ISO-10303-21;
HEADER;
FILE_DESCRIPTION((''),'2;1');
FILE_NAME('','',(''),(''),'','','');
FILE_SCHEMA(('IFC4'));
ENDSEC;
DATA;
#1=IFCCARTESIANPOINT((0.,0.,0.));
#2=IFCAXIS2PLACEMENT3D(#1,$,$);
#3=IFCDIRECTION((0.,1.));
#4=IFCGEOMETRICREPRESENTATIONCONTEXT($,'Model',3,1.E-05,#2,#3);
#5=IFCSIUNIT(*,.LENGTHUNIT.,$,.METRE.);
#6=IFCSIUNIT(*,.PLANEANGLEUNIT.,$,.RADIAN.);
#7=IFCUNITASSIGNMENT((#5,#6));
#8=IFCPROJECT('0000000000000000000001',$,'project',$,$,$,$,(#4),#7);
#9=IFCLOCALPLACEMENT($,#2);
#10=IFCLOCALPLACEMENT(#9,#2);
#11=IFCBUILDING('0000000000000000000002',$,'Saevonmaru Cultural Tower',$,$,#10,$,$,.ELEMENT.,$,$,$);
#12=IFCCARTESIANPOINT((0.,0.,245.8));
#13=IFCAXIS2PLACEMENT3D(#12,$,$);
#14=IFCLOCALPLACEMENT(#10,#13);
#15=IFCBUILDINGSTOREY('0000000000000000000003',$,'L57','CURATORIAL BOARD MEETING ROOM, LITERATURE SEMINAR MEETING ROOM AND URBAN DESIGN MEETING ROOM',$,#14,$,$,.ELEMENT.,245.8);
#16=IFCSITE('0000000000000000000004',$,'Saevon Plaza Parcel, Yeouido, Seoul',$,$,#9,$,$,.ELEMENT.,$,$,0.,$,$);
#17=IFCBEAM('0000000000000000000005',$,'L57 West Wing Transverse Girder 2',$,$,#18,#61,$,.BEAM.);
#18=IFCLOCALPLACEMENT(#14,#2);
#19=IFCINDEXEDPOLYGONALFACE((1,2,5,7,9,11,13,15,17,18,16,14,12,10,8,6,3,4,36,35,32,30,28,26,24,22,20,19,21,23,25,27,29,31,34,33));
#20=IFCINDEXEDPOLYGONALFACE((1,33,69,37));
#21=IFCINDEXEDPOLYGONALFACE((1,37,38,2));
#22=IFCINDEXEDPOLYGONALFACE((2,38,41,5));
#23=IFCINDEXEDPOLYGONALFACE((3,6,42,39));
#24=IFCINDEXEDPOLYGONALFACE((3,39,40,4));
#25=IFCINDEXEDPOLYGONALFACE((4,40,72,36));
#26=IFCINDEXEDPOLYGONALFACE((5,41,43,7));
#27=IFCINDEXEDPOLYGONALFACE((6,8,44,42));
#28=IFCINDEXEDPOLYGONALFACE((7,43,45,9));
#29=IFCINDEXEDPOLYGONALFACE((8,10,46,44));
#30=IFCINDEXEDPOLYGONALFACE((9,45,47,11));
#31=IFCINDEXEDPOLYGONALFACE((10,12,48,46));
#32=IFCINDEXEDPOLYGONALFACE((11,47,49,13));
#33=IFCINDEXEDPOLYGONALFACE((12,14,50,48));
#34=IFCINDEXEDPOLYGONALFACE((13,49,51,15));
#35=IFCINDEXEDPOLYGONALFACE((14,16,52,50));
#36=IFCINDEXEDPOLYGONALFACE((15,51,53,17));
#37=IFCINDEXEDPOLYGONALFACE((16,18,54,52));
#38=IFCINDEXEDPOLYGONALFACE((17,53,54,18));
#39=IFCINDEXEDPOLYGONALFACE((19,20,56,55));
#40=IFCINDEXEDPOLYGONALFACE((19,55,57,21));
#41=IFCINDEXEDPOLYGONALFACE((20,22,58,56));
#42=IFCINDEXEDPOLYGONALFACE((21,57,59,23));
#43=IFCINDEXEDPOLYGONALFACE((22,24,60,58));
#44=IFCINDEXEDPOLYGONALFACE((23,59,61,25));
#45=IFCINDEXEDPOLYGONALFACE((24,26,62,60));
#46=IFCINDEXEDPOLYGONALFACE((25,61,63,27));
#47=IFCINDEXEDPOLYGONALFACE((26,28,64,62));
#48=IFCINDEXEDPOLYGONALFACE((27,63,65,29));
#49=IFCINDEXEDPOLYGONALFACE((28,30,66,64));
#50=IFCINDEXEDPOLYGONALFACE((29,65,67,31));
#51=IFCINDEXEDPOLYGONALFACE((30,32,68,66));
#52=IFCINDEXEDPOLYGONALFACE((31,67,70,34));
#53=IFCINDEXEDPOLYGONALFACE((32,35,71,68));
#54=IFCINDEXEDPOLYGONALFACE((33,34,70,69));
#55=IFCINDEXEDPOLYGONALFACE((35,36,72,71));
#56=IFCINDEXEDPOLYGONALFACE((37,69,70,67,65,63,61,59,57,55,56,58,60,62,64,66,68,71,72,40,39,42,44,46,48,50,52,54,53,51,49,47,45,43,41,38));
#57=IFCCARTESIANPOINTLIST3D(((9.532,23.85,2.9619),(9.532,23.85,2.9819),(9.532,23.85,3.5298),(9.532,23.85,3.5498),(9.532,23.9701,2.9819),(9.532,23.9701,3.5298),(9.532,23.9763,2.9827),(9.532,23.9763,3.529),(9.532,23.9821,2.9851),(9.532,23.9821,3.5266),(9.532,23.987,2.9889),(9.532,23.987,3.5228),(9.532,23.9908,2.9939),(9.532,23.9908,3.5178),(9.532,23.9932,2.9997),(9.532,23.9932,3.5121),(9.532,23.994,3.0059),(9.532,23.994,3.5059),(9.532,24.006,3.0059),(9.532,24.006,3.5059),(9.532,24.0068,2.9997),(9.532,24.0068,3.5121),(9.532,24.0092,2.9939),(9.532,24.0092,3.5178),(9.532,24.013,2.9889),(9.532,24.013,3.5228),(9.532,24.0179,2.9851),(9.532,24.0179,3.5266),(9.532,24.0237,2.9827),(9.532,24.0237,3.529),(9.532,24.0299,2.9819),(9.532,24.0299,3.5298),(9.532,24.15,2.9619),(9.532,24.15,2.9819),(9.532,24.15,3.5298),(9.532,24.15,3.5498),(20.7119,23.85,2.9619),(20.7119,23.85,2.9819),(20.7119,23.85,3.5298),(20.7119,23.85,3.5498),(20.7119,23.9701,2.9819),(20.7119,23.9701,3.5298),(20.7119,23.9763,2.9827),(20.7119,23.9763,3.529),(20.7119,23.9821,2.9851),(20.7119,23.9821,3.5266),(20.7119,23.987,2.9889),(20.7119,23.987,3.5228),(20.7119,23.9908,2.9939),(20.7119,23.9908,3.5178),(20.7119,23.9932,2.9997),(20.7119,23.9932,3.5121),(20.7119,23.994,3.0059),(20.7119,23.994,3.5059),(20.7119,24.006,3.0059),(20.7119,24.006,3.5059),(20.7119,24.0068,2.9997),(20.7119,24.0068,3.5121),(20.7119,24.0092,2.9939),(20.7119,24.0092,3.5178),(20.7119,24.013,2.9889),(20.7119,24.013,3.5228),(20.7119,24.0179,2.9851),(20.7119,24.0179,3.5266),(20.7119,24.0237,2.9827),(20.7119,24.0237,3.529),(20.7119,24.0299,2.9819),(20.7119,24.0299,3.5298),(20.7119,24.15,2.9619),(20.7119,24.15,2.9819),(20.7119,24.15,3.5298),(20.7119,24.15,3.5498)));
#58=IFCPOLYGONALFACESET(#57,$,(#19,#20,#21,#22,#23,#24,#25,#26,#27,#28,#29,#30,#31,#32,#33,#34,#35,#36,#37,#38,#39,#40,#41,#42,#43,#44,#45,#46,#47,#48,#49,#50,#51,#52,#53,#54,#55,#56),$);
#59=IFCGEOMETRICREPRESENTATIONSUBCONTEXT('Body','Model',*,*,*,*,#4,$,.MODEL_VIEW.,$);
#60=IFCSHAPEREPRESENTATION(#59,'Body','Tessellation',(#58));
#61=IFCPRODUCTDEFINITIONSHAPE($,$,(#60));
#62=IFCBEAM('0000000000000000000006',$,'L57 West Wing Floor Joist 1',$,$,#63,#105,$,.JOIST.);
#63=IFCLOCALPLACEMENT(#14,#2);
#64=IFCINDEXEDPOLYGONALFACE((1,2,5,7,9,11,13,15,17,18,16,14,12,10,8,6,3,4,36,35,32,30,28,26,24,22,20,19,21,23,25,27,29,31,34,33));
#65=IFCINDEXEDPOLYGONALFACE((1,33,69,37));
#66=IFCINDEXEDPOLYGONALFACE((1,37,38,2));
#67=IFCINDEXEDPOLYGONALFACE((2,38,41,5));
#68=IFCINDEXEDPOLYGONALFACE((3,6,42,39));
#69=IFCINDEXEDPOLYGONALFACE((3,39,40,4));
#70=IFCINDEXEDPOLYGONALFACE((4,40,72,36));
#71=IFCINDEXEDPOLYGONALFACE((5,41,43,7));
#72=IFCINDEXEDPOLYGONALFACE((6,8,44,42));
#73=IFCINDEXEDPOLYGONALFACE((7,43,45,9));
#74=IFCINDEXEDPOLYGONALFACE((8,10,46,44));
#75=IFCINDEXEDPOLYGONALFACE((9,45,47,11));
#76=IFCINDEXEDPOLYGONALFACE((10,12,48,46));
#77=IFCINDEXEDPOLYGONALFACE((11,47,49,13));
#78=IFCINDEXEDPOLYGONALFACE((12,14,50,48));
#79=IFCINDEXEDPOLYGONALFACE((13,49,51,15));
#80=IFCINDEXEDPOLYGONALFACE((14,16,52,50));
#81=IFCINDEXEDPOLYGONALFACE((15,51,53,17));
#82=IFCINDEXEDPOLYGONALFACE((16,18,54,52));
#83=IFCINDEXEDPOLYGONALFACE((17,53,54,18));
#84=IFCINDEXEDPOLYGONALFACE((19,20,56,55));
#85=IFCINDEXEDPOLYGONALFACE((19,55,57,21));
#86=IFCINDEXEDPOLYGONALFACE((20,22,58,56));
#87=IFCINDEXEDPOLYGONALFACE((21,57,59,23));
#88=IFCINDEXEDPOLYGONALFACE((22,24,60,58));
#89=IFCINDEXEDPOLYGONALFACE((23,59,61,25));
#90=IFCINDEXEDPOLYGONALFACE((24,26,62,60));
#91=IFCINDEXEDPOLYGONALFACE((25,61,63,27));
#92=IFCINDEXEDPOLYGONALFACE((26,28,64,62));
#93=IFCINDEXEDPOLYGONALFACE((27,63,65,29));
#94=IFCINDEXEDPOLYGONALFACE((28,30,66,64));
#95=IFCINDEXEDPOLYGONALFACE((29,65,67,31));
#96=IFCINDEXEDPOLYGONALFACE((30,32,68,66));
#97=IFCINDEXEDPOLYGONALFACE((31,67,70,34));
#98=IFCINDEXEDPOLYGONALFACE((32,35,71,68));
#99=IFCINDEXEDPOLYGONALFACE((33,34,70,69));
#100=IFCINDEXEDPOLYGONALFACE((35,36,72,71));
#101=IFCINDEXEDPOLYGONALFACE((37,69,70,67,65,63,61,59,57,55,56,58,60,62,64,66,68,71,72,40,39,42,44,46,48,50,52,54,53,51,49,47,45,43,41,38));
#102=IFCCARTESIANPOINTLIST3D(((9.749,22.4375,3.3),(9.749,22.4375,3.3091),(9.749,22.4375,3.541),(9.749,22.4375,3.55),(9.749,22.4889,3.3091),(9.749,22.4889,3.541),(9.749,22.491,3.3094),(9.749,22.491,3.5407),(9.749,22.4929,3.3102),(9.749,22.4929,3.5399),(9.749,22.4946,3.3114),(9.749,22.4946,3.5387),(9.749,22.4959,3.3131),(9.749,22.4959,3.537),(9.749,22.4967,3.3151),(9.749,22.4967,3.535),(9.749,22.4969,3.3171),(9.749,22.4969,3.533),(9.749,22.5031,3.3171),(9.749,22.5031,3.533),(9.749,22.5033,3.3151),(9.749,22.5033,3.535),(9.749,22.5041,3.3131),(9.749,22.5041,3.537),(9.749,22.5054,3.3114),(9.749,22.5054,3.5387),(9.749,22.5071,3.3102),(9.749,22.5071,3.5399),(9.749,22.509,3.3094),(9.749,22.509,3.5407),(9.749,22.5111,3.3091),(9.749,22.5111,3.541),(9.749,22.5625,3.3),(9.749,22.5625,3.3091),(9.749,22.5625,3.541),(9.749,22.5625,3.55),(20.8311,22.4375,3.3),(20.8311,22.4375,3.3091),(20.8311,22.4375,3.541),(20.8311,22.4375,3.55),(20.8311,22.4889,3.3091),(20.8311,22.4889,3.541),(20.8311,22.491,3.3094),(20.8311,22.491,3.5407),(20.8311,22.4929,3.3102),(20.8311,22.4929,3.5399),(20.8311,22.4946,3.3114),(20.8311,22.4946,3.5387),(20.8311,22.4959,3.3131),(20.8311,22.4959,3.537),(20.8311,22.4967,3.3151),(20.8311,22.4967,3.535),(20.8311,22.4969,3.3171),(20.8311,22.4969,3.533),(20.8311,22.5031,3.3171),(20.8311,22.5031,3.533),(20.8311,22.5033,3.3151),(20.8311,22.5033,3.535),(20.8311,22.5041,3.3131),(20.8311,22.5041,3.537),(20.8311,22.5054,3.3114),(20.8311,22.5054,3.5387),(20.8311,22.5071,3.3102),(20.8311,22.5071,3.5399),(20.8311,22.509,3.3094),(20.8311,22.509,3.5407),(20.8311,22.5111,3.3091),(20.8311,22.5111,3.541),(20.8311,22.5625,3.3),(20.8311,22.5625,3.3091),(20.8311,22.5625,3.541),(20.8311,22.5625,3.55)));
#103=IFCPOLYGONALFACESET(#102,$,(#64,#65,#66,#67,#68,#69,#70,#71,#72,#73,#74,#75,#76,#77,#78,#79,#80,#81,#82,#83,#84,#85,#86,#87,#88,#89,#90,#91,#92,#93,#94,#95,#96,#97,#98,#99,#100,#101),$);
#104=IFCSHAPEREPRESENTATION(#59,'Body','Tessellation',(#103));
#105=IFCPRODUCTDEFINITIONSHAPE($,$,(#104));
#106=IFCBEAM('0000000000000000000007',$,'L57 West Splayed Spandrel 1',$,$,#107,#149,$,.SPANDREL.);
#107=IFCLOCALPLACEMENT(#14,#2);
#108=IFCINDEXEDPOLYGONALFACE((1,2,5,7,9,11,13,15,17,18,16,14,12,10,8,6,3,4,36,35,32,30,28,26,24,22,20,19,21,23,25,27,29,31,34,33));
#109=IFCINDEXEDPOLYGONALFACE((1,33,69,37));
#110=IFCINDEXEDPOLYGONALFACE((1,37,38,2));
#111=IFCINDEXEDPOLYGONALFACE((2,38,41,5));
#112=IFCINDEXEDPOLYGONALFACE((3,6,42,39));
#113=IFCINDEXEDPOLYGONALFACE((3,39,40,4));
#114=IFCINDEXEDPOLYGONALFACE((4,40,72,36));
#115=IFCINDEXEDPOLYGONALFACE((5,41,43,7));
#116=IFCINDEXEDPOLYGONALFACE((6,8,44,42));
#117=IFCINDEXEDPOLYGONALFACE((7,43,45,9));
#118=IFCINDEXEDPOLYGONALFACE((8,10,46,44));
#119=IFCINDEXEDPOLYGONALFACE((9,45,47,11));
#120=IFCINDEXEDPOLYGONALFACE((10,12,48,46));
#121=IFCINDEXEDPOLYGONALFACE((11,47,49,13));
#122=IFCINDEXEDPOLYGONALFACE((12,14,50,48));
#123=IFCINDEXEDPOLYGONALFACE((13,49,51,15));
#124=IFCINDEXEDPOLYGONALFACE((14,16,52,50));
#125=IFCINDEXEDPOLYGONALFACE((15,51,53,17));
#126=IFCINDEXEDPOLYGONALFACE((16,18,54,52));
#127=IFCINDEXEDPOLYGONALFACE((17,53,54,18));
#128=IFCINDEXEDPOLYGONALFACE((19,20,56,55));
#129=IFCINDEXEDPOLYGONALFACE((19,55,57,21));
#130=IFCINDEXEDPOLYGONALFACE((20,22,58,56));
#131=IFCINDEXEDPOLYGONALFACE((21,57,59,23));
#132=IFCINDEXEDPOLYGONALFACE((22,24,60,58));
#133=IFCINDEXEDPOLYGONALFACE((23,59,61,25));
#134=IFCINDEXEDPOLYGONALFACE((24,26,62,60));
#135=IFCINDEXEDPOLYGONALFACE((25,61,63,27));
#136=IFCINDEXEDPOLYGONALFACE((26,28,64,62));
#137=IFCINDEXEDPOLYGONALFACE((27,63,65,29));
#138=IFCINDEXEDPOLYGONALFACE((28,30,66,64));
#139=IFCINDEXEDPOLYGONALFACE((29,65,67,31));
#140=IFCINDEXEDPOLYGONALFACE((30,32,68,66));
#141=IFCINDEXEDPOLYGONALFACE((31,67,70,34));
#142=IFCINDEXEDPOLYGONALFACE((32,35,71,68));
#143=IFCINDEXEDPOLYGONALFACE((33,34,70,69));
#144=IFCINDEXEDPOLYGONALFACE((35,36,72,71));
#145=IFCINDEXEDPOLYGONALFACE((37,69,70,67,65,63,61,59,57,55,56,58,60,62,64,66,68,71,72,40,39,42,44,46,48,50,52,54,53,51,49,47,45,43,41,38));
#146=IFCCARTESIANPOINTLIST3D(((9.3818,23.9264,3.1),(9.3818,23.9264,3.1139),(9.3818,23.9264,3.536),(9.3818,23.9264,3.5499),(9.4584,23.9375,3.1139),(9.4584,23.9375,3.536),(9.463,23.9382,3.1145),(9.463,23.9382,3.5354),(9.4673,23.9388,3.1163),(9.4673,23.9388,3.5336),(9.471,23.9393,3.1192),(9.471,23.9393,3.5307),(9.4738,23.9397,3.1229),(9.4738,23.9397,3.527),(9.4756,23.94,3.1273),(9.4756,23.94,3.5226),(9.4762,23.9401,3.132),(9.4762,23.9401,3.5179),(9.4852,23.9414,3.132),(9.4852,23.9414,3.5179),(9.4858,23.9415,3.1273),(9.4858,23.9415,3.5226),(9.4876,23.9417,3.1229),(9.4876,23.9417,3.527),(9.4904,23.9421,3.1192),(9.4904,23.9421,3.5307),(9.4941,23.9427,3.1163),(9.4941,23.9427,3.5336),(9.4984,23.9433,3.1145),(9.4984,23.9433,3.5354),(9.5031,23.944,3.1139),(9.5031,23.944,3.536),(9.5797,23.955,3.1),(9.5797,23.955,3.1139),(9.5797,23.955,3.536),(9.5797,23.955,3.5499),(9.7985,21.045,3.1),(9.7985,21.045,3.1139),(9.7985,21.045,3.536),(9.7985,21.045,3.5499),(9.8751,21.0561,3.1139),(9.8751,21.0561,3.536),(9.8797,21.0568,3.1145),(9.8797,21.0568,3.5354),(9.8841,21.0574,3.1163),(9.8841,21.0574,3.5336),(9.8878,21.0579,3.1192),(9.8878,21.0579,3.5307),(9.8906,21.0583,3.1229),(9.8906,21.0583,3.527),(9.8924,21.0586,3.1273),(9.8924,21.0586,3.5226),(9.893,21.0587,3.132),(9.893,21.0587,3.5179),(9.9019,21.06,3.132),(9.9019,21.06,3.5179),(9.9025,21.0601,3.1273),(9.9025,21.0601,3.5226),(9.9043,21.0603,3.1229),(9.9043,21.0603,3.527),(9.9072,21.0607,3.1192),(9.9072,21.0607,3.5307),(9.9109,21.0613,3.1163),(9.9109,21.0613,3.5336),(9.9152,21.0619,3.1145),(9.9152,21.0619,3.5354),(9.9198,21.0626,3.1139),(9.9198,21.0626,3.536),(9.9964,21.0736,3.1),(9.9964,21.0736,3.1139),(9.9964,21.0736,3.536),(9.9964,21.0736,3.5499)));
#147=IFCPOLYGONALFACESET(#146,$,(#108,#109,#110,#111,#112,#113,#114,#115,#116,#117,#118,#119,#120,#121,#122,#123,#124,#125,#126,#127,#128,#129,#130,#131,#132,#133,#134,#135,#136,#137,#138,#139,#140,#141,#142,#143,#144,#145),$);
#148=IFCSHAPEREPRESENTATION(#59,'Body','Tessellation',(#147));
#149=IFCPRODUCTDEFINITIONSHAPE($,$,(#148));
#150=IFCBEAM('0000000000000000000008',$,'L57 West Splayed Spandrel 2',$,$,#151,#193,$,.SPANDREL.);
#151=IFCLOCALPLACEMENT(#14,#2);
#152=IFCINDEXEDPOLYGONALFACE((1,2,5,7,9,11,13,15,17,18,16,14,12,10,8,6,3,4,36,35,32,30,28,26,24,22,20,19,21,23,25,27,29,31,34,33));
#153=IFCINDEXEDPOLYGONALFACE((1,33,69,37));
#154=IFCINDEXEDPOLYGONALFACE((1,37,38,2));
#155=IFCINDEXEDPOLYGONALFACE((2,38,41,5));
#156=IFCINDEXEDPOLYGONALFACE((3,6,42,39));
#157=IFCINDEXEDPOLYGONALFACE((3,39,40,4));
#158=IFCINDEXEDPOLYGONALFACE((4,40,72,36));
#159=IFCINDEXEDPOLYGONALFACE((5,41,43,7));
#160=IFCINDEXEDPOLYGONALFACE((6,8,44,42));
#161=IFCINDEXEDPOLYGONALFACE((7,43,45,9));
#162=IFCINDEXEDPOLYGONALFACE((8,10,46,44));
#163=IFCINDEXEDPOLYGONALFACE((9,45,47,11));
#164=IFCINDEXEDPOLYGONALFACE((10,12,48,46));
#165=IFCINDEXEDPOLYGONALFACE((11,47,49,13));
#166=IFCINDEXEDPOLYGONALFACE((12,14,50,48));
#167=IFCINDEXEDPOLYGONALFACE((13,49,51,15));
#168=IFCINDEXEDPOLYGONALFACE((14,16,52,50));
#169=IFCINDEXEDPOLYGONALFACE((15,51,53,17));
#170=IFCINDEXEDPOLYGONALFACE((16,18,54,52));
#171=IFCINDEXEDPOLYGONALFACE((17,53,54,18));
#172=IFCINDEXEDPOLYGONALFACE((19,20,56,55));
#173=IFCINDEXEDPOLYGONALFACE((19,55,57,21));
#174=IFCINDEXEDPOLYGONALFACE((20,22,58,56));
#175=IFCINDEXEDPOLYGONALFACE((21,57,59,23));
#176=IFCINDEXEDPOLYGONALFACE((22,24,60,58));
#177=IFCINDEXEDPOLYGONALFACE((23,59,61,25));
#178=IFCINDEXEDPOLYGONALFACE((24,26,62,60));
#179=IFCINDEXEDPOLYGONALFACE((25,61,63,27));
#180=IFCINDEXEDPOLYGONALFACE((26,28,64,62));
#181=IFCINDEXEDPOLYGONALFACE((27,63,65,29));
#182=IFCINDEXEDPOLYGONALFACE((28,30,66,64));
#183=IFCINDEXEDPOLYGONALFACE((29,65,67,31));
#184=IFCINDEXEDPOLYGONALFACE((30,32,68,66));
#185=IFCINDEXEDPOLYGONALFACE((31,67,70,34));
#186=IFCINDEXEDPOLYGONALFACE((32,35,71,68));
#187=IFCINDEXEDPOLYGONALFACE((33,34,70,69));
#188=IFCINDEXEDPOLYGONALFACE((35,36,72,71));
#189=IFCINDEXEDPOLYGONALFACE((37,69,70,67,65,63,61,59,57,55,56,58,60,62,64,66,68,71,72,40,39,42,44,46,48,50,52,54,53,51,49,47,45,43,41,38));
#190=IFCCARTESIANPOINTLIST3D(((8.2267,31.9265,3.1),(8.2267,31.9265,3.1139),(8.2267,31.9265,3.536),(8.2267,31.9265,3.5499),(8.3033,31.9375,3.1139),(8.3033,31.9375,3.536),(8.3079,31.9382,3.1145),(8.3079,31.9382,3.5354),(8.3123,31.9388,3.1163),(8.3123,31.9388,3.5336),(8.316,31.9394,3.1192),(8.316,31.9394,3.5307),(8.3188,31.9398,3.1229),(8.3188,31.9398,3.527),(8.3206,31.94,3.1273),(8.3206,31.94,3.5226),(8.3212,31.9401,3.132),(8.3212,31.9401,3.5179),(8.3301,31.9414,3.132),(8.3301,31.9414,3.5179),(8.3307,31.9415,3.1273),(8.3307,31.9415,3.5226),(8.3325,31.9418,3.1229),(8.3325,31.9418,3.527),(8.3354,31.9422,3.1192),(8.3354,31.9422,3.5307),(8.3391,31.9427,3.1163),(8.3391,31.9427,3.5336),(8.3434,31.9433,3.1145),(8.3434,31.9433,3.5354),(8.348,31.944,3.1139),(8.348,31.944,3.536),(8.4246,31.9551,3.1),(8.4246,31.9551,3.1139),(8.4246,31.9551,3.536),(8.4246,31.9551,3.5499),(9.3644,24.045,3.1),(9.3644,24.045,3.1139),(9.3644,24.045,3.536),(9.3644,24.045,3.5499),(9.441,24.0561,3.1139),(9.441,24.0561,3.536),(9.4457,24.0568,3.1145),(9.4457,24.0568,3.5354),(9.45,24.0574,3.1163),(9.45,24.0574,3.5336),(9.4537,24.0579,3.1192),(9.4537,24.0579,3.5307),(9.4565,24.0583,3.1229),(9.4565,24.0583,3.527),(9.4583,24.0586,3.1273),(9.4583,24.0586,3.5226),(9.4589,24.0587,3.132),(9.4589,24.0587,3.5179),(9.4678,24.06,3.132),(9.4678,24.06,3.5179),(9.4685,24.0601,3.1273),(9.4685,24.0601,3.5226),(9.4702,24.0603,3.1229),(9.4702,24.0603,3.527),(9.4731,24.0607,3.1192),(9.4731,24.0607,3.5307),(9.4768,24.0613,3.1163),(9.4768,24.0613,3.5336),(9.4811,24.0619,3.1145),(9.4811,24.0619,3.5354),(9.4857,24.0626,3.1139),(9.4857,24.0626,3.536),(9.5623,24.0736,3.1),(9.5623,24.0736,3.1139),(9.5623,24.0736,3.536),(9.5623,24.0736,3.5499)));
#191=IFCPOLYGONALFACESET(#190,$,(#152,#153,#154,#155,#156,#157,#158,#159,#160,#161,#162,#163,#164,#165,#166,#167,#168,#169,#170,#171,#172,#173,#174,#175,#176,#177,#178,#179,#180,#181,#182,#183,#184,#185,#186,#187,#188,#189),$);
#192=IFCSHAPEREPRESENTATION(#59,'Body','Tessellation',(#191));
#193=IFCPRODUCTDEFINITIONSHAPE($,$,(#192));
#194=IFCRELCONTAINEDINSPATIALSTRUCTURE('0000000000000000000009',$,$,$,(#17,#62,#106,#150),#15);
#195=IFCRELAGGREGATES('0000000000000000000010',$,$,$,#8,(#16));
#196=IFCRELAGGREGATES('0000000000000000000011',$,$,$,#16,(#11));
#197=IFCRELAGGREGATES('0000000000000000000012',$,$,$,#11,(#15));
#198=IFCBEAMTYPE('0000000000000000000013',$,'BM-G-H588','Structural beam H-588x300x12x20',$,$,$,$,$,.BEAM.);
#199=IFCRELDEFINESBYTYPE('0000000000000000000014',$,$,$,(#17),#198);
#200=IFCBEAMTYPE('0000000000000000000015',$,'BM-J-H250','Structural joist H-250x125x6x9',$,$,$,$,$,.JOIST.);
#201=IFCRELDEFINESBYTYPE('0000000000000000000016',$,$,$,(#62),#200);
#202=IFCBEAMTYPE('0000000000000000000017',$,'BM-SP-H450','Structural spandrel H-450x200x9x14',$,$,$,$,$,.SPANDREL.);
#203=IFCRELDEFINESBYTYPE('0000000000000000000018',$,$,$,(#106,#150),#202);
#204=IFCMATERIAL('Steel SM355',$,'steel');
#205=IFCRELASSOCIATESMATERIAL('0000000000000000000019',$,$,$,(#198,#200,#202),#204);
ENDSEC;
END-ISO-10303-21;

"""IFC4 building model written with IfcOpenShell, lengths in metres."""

from ifc_helpers import new_model, si_unit, direction, frame, origin, origin_2d, place, context, subcontext, project, spatial, i_section, extrude, material, material_profile, profile_set, type_object, element, save


model = new_model("IFC4")

# Units and contexts
model_context = context("Model", 3, precision=1e-05, world=origin(), true_north=direction((0.0, 1.0)))
body_context = subcontext(model_context, "Body", "Model", "MODEL_VIEW")
ifc_project = project(units=[si_unit("LENGTHUNIT", "METRE"), si_unit("PLANEANGLEUNIT", "RADIAN")], contexts=[model_context])

# Site, building, storey
site_placement = place(None, origin())
site = spatial("IfcSite", under=ifc_project, at=site_placement, Name="Saevon Plaza Parcel, Yeouido, Seoul", CompositionType="ELEMENT", RefElevation=0.0)
building_placement = place(site_placement, origin())
building = spatial("IfcBuilding", under=site, at=building_placement, Name="Saevonmaru Cultural Tower", CompositionType="ELEMENT")
storey_placement = place(building_placement, frame((0.0, 0.0, 245.8)))
storey = spatial("IfcBuildingStorey", under=building, at=storey_placement, Name="L57", Description="CURATORIAL BOARD MEETING ROOM, LITERATURE SEMINAR MEETING ROOM AND URBAN DESIGN MEETING ROOM", CompositionType="ELEMENT", Elevation=245.8)

# Shared definitions
ifc_material_1 = material(Name="Steel SM355", Category="steel")

# Beams
ifc_material_profile_1 = material_profile(ifc_material_1, i_section(OverallWidth=0.3, OverallDepth=0.5879, WebThickness=0.012, FlangeThickness=0.02, FilletRadius=0.0239, at=origin_2d()), Name="H-588x300x12x20")
ifc_profile_set_1 = profile_set([ifc_material_profile_1], Name="Steel SM355")
beam_type_1 = type_object("IfcBeamType", Name="BM-G-H588", Description="Structural beam H-588x300x12x20", PredefinedType="BEAM", material=ifc_profile_set_1)
for number, where, z_axis, x_axis, name in (
    (1, (9.532, 24.0, 3.2559), (1.0, 0.0, 0.0), (0.0, 1.0, 0.0), "L57 West Wing Transverse Girder 2"),
):
    element("IfcBeam", number, at=place(storey_placement, frame(where, z_axis=z_axis, x_axis=x_axis)), inside=storey, type_object=beam_type_1, Name=name, PredefinedType="BEAM", context=body_context, shape_type="SweptSolid", body=[
        extrude(i_section(OverallWidth=0.3, OverallDepth=0.5879, WebThickness=0.012, FlangeThickness=0.02, FilletRadius=0.0239, at=origin_2d()), origin(), (0.0, 0.0, 1.0), 11.1799),
    ])
ifc_material_profile_2 = material_profile(ifc_material_1, i_section(OverallWidth=0.125, OverallDepth=0.25, WebThickness=0.0061, FlangeThickness=0.009, FilletRadius=0.0081, at=origin_2d()), Name="H-250x125x6x9")
ifc_profile_set_2 = profile_set([ifc_material_profile_2], Name="Steel SM355")
beam_type_2 = type_object("IfcBeamType", Name="BM-J-H250", Description="Structural joist H-250x125x6x9", PredefinedType="JOIST", material=ifc_profile_set_2)
beam_1_placement = place(storey_placement, frame((9.749, 22.5, 3.425), z_axis=(1.0, 0.0, 0.0), x_axis=(0.0, 1.0, 0.0)))
element("IfcBeam", 2, at=beam_1_placement, inside=storey, type_object=beam_type_2, Name="L57 West Wing Floor Joist 1", PredefinedType="JOIST", context=body_context, shape_type="SweptSolid", body=[
    extrude(i_section(OverallWidth=0.125, OverallDepth=0.25, WebThickness=0.0061, FlangeThickness=0.009, FilletRadius=0.0081, at=origin_2d()), origin(), (0.0, 0.0, 1.0), 11.082),
])
ifc_material_profile_3 = material_profile(ifc_material_1, i_section(OverallWidth=0.2, OverallDepth=0.45, WebThickness=0.009, FlangeThickness=0.0139, FilletRadius=0.0181, at=origin_2d()), Name="H-450x200x9x14")
ifc_profile_set_3 = profile_set([ifc_material_profile_3], Name="Steel SM355")
beam_type_3 = type_object("IfcBeamType", Name="BM-SP-H450", Description="Structural spandrel H-450x200x9x14", PredefinedType="SPANDREL", material=ifc_profile_set_3)
beam_2_placement = place(storey_placement, frame((9.8975, 21.0593, 3.325), z_axis=(-0.143147, 0.989701, 0.0), x_axis=(-0.989701, -0.143147, 0.0)))
element("IfcBeam", 3, at=beam_2_placement, inside=storey, type_object=beam_type_3, Name="L57 West Splayed Spandrel 1", PredefinedType="SPANDREL", context=body_context, shape_type="SweptSolid", body=[
    extrude(i_section(OverallWidth=0.2, OverallDepth=0.45, WebThickness=0.009, FlangeThickness=0.0139, FilletRadius=0.0181, at=origin_2d()), origin(), (0.0, 0.0, 1.0), 2.9114),
])
beam_3_placement = place(storey_placement, frame((9.4634, 24.0593, 3.325), z_axis=(-0.142872, 0.989741, 0.0), x_axis=(-0.989741, -0.142872, 0.0)))
element("IfcBeam", 4, at=beam_3_placement, inside=storey, type_object=beam_type_3, Name="L57 West Splayed Spandrel 2", PredefinedType="SPANDREL", context=body_context, shape_type="SweptSolid", body=[
    extrude(i_section(OverallWidth=0.2, OverallDepth=0.45, WebThickness=0.009, FlangeThickness=0.0139, FilletRadius=0.0181, at=origin_2d()), origin(), (0.0, 0.0, 1.0), 7.9631),
])

save(model, "model.ifc")
